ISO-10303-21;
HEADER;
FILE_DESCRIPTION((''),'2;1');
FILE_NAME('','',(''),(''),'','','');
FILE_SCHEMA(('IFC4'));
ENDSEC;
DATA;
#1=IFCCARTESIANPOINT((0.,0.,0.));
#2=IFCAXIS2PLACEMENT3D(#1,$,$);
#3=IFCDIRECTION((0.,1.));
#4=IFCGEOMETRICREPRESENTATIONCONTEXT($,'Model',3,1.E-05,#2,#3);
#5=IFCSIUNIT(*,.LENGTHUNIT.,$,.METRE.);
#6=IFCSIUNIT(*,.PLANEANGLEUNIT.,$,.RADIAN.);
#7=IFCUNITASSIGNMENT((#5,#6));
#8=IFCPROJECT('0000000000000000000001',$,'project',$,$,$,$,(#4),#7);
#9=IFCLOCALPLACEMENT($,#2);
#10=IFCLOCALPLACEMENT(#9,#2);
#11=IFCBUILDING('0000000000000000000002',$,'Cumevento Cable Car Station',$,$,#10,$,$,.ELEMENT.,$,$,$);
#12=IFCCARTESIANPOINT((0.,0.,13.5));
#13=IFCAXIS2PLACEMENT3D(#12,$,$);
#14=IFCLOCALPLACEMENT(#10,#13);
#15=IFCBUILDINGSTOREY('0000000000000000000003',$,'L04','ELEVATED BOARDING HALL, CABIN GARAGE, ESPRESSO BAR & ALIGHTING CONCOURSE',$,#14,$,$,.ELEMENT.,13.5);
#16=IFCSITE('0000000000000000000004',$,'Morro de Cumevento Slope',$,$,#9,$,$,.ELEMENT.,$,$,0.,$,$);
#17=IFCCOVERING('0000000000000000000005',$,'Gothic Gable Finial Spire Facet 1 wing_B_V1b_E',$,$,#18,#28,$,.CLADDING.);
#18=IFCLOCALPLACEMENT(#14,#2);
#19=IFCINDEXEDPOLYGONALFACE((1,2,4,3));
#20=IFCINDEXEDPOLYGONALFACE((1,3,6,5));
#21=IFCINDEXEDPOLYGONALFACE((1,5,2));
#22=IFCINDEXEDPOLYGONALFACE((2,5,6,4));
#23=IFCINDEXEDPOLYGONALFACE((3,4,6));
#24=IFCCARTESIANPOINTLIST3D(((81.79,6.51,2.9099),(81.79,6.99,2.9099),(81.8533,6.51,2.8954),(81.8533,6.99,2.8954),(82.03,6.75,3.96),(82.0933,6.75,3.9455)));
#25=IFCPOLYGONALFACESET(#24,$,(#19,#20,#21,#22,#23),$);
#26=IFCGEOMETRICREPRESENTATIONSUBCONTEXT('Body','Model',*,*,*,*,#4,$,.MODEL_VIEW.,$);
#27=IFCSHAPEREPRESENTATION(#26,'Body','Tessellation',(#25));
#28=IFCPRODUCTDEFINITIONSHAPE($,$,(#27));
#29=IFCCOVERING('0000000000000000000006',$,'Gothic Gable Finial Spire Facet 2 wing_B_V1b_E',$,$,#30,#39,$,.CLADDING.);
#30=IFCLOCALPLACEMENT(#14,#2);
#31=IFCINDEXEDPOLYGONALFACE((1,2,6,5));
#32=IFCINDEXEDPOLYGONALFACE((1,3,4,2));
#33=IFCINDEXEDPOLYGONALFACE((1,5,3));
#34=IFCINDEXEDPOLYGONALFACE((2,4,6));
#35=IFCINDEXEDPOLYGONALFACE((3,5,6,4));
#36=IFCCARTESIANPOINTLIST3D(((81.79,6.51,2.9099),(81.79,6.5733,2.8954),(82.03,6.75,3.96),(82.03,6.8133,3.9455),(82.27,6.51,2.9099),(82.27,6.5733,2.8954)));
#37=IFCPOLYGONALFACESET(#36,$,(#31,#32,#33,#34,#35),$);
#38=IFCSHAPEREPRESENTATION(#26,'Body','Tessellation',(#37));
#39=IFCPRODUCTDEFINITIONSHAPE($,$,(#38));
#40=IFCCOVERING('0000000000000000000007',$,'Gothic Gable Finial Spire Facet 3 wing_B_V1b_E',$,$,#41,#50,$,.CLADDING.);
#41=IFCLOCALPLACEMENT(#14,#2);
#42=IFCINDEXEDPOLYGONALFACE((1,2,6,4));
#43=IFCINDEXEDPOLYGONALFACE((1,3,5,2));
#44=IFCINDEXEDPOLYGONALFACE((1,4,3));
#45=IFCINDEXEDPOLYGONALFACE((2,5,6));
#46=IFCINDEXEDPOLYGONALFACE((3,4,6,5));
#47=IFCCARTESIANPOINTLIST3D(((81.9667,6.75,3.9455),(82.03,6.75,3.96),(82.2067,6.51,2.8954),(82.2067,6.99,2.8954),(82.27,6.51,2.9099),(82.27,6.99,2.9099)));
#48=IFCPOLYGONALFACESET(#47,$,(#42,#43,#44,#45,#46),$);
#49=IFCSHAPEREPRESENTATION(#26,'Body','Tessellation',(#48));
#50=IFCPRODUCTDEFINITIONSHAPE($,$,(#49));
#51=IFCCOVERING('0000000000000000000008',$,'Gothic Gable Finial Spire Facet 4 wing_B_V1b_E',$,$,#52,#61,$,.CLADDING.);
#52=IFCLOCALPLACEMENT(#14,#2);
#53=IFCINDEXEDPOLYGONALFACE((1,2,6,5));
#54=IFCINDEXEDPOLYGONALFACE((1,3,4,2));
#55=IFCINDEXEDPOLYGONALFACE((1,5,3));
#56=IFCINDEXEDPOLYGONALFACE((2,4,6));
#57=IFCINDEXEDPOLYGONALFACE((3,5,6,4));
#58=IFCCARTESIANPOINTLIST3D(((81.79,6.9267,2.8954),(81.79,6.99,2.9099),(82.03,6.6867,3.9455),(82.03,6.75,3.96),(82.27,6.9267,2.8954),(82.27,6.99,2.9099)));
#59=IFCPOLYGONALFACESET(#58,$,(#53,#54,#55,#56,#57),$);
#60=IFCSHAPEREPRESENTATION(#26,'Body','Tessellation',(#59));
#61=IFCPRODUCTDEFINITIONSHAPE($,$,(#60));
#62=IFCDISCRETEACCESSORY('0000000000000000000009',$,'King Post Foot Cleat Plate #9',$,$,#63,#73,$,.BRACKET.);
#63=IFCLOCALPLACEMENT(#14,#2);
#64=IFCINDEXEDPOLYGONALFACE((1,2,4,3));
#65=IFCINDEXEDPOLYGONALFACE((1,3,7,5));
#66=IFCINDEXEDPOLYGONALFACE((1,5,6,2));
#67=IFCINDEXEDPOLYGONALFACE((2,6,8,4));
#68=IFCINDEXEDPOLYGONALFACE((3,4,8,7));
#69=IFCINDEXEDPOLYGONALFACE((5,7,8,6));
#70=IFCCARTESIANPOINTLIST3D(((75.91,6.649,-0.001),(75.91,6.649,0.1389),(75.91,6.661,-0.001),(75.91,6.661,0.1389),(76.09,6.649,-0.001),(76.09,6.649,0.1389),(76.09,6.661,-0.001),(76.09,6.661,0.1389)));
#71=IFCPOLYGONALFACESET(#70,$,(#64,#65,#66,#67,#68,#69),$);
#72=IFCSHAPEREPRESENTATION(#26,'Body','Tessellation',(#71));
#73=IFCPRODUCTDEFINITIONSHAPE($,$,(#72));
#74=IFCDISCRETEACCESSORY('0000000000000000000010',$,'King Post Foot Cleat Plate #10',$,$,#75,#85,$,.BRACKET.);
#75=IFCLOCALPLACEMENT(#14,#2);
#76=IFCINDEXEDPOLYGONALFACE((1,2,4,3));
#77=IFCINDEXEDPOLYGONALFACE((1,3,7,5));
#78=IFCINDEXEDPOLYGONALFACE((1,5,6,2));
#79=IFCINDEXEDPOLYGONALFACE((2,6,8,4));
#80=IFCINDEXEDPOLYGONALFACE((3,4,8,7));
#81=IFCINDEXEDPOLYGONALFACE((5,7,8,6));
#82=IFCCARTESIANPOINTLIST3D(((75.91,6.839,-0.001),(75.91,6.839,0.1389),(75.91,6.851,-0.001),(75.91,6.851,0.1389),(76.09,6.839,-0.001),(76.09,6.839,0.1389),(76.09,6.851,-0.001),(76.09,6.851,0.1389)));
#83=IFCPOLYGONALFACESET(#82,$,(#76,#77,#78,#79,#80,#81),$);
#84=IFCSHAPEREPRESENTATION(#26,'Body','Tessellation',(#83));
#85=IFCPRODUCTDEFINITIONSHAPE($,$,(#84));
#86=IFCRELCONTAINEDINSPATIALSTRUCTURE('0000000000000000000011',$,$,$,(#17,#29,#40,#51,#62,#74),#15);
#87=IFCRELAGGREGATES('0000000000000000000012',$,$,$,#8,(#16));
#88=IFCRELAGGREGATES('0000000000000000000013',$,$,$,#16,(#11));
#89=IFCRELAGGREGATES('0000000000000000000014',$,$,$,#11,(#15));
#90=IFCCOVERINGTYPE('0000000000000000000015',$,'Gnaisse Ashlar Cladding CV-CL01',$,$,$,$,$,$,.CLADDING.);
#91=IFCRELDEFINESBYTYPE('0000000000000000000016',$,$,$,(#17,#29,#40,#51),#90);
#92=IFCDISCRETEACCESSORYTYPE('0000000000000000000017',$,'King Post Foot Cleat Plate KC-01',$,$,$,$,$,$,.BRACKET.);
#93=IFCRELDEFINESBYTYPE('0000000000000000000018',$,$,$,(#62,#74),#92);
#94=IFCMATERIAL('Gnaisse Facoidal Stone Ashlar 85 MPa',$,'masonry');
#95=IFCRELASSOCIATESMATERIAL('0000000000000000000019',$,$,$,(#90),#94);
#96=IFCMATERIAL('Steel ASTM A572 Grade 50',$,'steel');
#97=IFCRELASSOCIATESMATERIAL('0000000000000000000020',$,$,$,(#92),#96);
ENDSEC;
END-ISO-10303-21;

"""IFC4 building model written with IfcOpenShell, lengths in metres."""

from ifc_helpers import new_model, si_unit, direction, frame, origin, origin_2d, place, context, subcontext, project, spatial, polyline, rectangle, outline, extrude, material, type_object, element, save


model = new_model("IFC4")

# Units and contexts
model_context = context("Model", 3, precision=1e-05, world=origin(), true_north=direction((0.0, 1.0)))
body_context = subcontext(model_context, "Body", "Model", "MODEL_VIEW")
ifc_project = project(units=[si_unit("LENGTHUNIT", "METRE"), si_unit("PLANEANGLEUNIT", "RADIAN")], contexts=[model_context])

# Site, building, storey
site_placement = place(None, origin())
site = spatial("IfcSite", under=ifc_project, at=site_placement, Name="Morro de Cumevento Slope", CompositionType="ELEMENT", RefElevation=0.0)
building_placement = place(site_placement, origin())
building = spatial("IfcBuilding", under=site, at=building_placement, Name="Cumevento Cable Car Station", CompositionType="ELEMENT")
storey_placement = place(building_placement, frame((0.0, 0.0, 13.5)))
storey = spatial("IfcBuildingStorey", under=building, at=storey_placement, Name="L04", Description="ELEVATED BOARDING HALL, CABIN GARAGE, ESPRESSO BAR & ALIGHTING CONCOURSE", CompositionType="ELEMENT", Elevation=13.5)

# Coverings
ifc_material_1 = material(Name="Gnaisse Facoidal Stone Ashlar 85 MPa", Category="masonry")
covering_type = type_object("IfcCoveringType", Name="Gnaisse Ashlar Cladding CV-CL01", PredefinedType="CLADDING", material=ifc_material_1)
for number, where, z_axis, x_axis, name in (
    (1, (81.79, 6.99, 2.9099), (-0.974863, 0.0, 0.222806), (0.0, -1.0, 0.0), "Gothic Gable Finial Spire Facet 1 wing_B_V1b_E"),
    (2, (81.79, 6.51, 2.9099), (0.0, -0.974863, 0.222806), (1.0, 0.0, 0.0), "Gothic Gable Finial Spire Facet 2 wing_B_V1b_E"),
    (3, (82.27, 6.51, 2.9099), (0.974863, 0.0, 0.222806), (0.0, 1.0, 0.0), "Gothic Gable Finial Spire Facet 3 wing_B_V1b_E"),
    (4, (82.27, 6.99, 2.9099), (0.0, 0.974863, 0.222806), (-1.0, 0.0, 0.0), "Gothic Gable Finial Spire Facet 4 wing_B_V1b_E"),
):
    element("IfcCovering", number, at=place(storey_placement, frame(where, z_axis=z_axis, x_axis=x_axis)), inside=storey, type_object=covering_type, Name=name, PredefinedType="CLADDING", context=body_context, shape_type="SweptSolid", body=[
        extrude(outline(polyline([(0.0, 0.0), (0.48, 0.0), (0.24, 1.0771), (0.0, 0.0)])), origin(), (0.0, 0.0, -1.0), 0.0649),
    ])

# Discrete accessories
ifc_material_2 = material(Name="Steel ASTM A572 Grade 50", Category="steel")
discrete_accessory_type = type_object("IfcDiscreteAccessoryType", Name="King Post Foot Cleat Plate KC-01", PredefinedType="BRACKET", material=ifc_material_2)
for number, where, z_axis, x_axis, name in (
    (5, (76.0, 6.655, -0.001), (0.0, 0.0, 1.0), (0.0, 1.0, 0.0), "King Post Foot Cleat Plate #9"),
    (6, (76.0, 6.845, -0.001), (0.0, 0.0, 1.0), (0.0, 1.0, 0.0), "King Post Foot Cleat Plate #10"),
):
    element("IfcDiscreteAccessory", number, at=place(storey_placement, frame(where, z_axis=z_axis, x_axis=x_axis)), inside=storey, type_object=discrete_accessory_type, Name=name, PredefinedType="BRACKET", context=body_context, shape_type="SweptSolid", body=[
        extrude(rectangle(XDim=0.012, YDim=0.1799, at=origin_2d()), origin(), (0.0, 0.0, 1.0), 0.1399),
    ])

save(model, "model.ifc")
